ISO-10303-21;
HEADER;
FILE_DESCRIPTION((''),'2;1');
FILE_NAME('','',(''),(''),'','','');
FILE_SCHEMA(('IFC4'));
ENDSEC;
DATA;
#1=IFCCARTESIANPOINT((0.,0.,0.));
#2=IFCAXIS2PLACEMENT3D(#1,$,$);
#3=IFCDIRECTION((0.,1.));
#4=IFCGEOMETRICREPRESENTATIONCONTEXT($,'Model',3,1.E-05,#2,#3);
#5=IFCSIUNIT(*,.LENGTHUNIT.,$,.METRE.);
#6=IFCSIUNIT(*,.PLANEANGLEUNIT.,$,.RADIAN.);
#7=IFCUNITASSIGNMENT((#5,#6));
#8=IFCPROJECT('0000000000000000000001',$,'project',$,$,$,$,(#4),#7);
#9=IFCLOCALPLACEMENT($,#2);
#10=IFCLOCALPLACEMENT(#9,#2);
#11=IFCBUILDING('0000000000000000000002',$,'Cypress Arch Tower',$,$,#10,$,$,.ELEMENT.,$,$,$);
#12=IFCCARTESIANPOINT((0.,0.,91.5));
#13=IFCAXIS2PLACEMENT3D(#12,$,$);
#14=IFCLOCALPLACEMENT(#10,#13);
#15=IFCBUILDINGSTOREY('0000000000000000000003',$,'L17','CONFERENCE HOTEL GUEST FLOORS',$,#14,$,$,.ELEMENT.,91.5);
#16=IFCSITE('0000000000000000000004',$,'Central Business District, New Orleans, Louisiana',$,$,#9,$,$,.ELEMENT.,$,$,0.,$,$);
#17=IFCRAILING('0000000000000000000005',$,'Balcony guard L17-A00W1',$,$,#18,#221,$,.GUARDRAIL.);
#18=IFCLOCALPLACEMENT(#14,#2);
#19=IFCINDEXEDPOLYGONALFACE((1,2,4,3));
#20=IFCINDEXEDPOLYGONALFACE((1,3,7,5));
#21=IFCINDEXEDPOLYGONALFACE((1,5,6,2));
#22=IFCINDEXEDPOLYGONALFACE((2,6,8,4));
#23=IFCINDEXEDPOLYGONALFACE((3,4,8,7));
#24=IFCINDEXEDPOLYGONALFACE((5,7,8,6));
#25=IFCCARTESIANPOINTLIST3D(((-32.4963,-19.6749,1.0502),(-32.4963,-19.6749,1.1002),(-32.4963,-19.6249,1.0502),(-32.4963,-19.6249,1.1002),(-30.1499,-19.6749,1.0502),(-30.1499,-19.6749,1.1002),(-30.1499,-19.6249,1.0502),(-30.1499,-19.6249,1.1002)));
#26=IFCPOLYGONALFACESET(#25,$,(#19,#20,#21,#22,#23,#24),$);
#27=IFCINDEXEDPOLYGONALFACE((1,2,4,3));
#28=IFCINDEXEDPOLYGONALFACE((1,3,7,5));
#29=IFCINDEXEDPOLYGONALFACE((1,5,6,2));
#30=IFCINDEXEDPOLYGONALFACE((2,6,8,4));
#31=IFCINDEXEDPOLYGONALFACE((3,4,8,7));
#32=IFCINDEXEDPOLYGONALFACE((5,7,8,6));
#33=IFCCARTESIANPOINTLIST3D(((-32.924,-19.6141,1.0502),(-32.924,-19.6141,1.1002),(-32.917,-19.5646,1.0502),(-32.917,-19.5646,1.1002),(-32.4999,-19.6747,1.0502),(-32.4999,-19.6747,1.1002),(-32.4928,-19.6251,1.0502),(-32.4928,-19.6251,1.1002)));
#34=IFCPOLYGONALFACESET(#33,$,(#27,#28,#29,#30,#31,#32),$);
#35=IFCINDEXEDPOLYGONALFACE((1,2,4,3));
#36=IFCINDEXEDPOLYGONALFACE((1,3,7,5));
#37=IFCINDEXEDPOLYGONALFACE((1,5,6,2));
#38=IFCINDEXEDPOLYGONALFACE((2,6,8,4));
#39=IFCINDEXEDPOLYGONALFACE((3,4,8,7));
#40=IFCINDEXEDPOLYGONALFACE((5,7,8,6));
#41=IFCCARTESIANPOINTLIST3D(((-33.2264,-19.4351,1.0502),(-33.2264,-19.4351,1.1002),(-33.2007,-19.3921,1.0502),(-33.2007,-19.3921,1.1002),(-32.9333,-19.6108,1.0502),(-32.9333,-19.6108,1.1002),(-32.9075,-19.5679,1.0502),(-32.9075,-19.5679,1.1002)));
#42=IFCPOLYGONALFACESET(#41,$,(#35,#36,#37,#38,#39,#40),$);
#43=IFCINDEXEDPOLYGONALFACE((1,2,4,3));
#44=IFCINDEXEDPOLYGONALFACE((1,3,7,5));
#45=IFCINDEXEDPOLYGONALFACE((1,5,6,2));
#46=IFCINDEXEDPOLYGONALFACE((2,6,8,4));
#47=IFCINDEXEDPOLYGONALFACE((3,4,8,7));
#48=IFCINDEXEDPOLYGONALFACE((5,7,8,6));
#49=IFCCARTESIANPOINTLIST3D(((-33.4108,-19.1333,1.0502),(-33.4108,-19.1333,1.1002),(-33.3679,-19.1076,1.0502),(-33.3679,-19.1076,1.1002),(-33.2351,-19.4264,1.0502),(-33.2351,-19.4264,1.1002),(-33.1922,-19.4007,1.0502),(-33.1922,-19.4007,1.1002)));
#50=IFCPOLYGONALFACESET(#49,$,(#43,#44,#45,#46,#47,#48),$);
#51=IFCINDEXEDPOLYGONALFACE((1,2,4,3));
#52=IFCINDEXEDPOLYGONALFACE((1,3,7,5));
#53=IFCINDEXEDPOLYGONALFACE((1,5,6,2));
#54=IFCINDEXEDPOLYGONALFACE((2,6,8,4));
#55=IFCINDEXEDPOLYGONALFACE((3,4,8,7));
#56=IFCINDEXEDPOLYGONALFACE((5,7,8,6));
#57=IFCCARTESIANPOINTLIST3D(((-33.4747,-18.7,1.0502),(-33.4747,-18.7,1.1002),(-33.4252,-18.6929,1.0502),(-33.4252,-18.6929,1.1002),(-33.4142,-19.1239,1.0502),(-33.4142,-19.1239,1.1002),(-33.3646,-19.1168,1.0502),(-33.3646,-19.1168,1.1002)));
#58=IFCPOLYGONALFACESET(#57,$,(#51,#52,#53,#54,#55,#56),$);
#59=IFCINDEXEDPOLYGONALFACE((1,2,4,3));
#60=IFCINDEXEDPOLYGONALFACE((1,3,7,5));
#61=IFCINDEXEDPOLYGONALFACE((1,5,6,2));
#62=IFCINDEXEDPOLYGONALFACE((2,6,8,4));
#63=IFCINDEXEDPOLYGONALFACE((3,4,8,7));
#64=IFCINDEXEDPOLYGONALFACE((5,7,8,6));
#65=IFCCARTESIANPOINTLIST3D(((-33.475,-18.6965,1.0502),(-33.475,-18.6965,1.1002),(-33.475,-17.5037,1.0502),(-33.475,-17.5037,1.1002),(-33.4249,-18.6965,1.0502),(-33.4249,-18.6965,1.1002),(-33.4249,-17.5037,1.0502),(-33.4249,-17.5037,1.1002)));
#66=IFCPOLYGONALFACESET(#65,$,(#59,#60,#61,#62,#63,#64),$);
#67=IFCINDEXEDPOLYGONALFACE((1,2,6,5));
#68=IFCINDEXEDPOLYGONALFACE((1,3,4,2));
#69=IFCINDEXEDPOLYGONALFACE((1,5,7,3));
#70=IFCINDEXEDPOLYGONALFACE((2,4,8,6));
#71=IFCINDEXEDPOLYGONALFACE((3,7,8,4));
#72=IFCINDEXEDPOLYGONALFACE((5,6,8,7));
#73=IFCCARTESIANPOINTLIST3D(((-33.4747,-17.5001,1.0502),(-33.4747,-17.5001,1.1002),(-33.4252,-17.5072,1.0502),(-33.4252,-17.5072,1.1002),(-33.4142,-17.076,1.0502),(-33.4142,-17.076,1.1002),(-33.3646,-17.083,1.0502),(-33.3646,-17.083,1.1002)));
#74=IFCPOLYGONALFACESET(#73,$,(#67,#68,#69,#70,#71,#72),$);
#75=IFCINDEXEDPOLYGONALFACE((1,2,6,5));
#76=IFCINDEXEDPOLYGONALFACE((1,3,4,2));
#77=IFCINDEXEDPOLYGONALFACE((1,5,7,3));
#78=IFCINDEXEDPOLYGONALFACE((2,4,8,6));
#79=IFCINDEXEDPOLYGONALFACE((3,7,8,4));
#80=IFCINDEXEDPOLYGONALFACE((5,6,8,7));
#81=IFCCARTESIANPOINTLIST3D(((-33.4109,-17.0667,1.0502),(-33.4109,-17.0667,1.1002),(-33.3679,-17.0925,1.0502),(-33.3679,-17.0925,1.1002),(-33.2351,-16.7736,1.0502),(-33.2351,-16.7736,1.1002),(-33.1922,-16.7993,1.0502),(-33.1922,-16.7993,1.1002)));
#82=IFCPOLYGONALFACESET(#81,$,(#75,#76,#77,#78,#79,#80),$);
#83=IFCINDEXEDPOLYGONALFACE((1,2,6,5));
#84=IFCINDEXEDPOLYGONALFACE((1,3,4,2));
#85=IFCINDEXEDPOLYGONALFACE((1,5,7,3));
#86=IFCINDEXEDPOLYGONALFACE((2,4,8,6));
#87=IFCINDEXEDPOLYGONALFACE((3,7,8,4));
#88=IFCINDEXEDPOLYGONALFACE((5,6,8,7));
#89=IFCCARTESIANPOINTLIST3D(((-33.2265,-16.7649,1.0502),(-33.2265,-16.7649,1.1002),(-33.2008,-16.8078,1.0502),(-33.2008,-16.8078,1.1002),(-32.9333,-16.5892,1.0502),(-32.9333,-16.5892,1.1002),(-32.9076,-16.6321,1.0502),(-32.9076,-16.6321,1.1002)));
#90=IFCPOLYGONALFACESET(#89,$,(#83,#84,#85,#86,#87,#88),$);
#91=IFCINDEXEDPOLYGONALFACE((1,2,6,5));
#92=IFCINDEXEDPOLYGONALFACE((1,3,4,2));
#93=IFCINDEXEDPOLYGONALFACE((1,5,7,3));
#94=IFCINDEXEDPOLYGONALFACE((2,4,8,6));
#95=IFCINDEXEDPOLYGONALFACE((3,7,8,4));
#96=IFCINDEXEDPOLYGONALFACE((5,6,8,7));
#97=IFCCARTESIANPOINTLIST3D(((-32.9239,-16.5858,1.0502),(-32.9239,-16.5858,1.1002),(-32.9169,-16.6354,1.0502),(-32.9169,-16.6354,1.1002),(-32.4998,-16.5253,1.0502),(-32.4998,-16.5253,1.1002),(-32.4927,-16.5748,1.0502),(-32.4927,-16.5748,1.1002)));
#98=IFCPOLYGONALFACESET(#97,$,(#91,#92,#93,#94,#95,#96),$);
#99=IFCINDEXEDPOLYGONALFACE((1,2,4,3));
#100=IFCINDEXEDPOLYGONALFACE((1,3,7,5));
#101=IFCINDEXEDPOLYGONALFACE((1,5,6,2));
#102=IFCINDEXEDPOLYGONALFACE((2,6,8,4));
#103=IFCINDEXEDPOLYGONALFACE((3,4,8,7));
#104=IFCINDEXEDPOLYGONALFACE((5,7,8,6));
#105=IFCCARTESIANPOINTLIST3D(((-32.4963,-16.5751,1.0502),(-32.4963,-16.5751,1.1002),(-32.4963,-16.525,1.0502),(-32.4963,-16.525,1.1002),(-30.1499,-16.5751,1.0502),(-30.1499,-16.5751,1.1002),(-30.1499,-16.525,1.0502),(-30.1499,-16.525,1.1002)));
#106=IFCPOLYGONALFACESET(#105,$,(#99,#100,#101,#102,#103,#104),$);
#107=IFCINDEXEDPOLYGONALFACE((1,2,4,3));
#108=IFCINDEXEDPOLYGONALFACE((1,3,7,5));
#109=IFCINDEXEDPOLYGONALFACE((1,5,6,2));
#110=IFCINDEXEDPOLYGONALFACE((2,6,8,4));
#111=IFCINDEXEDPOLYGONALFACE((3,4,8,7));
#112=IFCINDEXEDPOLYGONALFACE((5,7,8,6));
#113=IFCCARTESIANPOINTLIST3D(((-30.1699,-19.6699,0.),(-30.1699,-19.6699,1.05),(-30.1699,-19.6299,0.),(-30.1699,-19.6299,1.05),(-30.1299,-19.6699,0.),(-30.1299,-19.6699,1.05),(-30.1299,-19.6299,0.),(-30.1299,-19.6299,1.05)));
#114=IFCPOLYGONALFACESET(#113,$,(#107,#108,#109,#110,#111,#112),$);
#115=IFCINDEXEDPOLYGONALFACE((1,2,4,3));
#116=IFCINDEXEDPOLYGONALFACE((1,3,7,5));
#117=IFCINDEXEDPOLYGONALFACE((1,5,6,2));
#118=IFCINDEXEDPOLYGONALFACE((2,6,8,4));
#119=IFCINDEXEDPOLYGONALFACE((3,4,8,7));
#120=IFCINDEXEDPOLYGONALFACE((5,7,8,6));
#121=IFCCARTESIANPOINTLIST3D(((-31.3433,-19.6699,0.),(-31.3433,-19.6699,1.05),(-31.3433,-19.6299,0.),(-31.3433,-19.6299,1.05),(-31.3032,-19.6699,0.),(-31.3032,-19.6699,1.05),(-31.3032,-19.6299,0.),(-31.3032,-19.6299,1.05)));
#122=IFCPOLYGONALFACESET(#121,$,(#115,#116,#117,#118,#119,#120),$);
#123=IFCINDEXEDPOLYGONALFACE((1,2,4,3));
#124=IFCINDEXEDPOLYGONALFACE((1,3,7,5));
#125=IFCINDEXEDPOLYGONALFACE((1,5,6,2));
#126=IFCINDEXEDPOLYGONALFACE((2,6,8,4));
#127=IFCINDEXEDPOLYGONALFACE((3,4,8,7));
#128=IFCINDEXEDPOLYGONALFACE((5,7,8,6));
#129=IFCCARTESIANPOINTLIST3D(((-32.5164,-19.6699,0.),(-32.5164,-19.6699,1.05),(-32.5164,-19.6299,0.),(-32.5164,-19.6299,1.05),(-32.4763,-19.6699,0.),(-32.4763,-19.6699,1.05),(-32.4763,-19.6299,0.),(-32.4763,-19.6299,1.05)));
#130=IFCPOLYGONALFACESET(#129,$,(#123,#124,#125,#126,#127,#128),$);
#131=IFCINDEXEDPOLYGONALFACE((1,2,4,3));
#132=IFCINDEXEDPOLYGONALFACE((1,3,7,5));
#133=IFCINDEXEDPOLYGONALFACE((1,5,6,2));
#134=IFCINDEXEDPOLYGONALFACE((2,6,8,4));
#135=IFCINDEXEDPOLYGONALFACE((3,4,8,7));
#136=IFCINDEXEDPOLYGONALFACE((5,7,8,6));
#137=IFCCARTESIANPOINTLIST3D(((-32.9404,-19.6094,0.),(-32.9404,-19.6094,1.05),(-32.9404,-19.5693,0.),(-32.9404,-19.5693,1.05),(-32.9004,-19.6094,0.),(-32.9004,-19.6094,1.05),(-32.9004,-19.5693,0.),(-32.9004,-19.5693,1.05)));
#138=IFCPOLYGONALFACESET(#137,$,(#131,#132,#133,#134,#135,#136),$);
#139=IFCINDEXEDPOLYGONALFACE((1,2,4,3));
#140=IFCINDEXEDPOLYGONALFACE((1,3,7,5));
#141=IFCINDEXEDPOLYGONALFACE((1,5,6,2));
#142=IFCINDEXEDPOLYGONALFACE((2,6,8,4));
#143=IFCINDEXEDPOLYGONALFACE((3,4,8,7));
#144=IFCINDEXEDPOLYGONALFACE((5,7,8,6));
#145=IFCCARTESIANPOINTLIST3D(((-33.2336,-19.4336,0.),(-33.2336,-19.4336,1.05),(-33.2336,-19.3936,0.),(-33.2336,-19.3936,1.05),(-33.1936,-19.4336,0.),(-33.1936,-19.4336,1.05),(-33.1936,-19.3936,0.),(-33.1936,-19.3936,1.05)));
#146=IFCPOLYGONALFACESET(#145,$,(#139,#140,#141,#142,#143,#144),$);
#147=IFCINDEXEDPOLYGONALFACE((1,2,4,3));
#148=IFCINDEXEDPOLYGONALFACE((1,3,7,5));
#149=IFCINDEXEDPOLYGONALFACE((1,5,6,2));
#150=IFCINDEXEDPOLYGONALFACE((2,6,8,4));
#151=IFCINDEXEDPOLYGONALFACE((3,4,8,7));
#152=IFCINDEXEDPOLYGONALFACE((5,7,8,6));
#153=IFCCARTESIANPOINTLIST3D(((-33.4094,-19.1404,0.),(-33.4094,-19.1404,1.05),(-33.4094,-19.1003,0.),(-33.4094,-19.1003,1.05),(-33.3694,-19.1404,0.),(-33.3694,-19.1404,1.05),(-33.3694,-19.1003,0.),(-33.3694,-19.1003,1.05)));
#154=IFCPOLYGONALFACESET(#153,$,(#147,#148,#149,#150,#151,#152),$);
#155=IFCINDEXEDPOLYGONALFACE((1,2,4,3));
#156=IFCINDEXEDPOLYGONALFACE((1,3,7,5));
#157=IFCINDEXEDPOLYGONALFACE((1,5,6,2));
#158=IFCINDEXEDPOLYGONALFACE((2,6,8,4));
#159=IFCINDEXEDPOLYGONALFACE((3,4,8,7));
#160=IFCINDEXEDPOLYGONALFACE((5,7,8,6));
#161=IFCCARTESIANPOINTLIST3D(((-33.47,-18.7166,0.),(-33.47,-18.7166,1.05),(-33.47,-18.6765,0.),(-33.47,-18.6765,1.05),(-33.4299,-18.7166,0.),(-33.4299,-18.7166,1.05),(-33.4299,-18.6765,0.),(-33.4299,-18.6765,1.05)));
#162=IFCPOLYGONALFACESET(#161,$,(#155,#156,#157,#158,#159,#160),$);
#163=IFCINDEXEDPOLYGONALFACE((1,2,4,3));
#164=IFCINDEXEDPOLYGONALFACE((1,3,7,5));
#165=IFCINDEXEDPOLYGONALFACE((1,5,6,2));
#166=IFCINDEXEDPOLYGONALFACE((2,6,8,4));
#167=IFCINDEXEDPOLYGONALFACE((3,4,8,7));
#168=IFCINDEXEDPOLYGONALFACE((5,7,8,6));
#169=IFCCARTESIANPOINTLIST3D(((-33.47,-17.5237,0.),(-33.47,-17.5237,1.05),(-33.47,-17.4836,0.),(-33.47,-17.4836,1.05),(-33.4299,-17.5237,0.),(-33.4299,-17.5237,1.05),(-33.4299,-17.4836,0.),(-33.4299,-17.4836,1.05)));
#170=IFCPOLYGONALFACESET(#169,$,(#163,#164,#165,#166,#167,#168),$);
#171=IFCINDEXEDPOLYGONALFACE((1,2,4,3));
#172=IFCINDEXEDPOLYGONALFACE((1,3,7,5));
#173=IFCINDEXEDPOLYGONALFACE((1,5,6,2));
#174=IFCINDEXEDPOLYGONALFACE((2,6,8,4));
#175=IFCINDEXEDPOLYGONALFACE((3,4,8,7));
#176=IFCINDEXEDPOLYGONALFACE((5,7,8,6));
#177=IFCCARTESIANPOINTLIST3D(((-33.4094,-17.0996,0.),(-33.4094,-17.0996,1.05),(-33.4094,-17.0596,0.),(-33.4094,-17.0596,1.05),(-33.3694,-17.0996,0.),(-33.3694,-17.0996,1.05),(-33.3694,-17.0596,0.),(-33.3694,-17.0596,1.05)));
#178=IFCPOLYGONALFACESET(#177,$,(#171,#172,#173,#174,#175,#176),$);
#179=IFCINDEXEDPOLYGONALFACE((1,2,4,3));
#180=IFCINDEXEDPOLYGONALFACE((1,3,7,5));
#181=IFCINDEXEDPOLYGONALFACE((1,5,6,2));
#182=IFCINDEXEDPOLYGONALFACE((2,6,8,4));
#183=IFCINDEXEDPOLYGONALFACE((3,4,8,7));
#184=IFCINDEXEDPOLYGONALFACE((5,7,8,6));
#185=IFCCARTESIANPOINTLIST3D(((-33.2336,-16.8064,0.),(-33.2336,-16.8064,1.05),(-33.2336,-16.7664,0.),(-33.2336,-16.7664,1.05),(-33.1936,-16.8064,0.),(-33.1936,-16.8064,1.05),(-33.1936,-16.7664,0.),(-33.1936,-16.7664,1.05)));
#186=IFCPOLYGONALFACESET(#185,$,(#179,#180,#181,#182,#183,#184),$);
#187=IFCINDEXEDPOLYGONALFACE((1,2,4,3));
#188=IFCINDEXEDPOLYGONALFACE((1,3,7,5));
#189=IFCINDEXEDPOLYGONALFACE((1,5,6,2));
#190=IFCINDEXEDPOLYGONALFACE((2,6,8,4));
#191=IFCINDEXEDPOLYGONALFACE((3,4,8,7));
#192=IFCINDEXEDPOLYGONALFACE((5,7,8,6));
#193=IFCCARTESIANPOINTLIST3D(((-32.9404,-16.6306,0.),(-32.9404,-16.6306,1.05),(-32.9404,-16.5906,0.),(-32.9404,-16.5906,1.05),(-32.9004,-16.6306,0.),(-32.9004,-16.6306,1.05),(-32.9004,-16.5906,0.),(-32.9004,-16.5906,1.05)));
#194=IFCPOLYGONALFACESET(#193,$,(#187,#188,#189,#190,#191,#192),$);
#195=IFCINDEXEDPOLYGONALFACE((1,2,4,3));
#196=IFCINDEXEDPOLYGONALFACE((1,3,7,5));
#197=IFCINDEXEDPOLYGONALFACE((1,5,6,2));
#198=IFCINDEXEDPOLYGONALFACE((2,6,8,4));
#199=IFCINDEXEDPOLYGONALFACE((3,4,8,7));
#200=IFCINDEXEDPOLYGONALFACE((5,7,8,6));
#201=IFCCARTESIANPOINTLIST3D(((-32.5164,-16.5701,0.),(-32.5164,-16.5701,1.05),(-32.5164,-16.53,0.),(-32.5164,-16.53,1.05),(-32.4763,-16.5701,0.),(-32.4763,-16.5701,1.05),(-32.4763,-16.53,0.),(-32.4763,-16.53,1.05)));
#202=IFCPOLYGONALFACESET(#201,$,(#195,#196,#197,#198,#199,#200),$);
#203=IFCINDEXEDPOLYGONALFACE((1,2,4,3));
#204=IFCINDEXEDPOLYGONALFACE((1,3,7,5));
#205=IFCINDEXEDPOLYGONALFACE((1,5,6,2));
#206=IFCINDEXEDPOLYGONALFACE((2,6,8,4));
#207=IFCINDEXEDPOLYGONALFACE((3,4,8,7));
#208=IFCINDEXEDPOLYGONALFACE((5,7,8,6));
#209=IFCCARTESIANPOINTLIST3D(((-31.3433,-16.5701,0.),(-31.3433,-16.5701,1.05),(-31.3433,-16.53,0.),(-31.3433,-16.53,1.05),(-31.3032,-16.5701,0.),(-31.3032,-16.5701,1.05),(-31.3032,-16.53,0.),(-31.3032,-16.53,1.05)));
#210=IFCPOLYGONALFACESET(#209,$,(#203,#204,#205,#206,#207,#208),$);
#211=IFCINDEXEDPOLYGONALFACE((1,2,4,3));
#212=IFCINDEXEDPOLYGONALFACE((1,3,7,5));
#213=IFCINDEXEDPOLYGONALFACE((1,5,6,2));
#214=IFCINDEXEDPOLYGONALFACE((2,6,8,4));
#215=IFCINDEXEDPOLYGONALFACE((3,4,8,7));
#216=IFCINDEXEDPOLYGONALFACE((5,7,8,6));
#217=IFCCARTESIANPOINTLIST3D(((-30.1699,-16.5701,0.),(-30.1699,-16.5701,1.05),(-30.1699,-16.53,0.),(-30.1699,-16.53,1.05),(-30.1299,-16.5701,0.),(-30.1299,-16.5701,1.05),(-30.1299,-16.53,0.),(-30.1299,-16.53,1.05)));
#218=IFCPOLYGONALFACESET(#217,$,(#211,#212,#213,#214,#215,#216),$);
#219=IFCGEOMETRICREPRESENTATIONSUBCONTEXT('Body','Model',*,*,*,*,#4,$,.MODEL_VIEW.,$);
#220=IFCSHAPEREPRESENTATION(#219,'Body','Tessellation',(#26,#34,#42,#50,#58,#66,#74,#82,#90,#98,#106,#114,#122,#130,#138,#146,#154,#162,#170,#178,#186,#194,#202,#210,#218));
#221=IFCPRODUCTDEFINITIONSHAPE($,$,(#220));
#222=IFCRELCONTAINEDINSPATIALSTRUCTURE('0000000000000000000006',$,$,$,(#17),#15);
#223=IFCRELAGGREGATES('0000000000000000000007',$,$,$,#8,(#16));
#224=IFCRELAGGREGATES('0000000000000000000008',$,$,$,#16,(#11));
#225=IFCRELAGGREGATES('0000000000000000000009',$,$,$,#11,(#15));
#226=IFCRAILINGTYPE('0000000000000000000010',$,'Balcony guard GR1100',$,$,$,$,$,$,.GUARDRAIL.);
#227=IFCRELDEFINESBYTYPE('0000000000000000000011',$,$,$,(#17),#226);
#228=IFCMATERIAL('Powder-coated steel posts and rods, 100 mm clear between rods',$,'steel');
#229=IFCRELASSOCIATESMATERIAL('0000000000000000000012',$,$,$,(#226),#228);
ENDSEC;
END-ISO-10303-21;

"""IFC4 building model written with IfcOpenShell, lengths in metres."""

from ifc_helpers import new_model, si_unit, direction, frame, origin, origin_2d, place, context, subcontext, project, spatial, rectangle, extrude, material, type_object, element, save


model = new_model("IFC4")

# Units and contexts
model_context = context("Model", 3, precision=1e-05, world=origin(), true_north=direction((0.0, 1.0)))
body_context = subcontext(model_context, "Body", "Model", "MODEL_VIEW")
ifc_project = project(units=[si_unit("LENGTHUNIT", "METRE"), si_unit("PLANEANGLEUNIT", "RADIAN")], contexts=[model_context])

# Site, building, storey
site_placement = place(None, origin())
site = spatial("IfcSite", under=ifc_project, at=site_placement, Name="Central Business District, New Orleans, Louisiana", CompositionType="ELEMENT", RefElevation=0.0)
building_placement = place(site_placement, origin())
building = spatial("IfcBuilding", under=site, at=building_placement, Name="Cypress Arch Tower", CompositionType="ELEMENT")
storey_placement = place(building_placement, frame((0.0, 0.0, 91.5)))
storey = spatial("IfcBuildingStorey", under=building, at=storey_placement, Name="L17", Description="CONFERENCE HOTEL GUEST FLOORS", CompositionType="ELEMENT", Elevation=91.5)

# Railing
ifc_material_1 = material(Name="Powder-coated steel posts and rods, 100 mm clear between rods", Category="steel")
railing_type = type_object("IfcRailingType", Name="Balcony guard GR1100", PredefinedType="GUARDRAIL", material=ifc_material_1)
railing_placement = place(storey_placement, frame((-30.1499, -19.6499, 0.0)))
element("IfcRailing", 1, at=railing_placement, inside=storey, type_object=railing_type, Name="Balcony guard L17-A00W1", PredefinedType="GUARDRAIL", context=body_context, shape_type="SweptSolid", body=[
    extrude(rectangle(XDim=0.05, YDim=0.05, at=origin_2d()), frame((0.0, 0.0, 1.0752), z_axis=(-1.0, 0.0, 0.0), x_axis=(0.0, -1.0, 0.0)), (0.0, 0.0, 1.0), 2.3464),
    extrude(rectangle(XDim=0.05, YDim=0.05, at=origin_2d()), frame((-2.3464, 0.0, 1.0752), z_axis=(-0.989961, 0.141342, 0.0), x_axis=(-0.141342, -0.989961, 0.0)), (0.0, 0.0, 1.0), 0.4285),
    extrude(rectangle(XDim=0.05, YDim=0.05, at=origin_2d()), frame((-2.7705, 0.0605, 1.0752), z_axis=(-0.857682, 0.514181, 0.0), x_axis=(-0.514181, -0.857682, 0.0)), (0.0, 0.0, 1.0), 0.3418),
    extrude(rectangle(XDim=0.05, YDim=0.05, at=origin_2d()), frame((-3.0637, 0.2363, 1.0752), z_axis=(-0.514181, 0.857682, 0.0), x_axis=(-0.857682, -0.514181, 0.0)), (0.0, 0.0, 1.0), 0.3418),
    extrude(rectangle(XDim=0.05, YDim=0.05, at=origin_2d()), frame((-3.2395, 0.5295, 1.0752), z_axis=(-0.141421, 0.989949, 0.0), x_axis=(-0.989949, -0.141421, 0.0)), (0.0, 0.0, 1.0), 0.4282),
    extrude(rectangle(XDim=0.05, YDim=0.05, at=origin_2d()), frame((-3.3, 0.9534, 1.0752), z_axis=(0.0, 1.0, 0.0), x_axis=(-1.0, 0.0, 0.0)), (0.0, 0.0, 1.0), 1.1929),
    extrude(rectangle(XDim=0.05, YDim=0.05, at=origin_2d()), frame((-3.3, 2.1462, 1.0752), z_axis=(0.141342, 0.989961, 0.0), x_axis=(-0.989961, 0.141342, 0.0)), (0.0, 0.0, 1.0), 0.4285),
    extrude(rectangle(XDim=0.05, YDim=0.05, at=origin_2d()), frame((-3.2395, 2.5703, 1.0752), z_axis=(0.514181, 0.857682, 0.0), x_axis=(-0.857682, 0.514181, 0.0)), (0.0, 0.0, 1.0), 0.3418),
    extrude(rectangle(XDim=0.05, YDim=0.05, at=origin_2d()), frame((-3.0637, 2.8635, 1.0752), z_axis=(0.857682, 0.514181, 0.0), x_axis=(-0.514181, 0.857682, 0.0)), (0.0, 0.0, 1.0), 0.3418),
    extrude(rectangle(XDim=0.05, YDim=0.05, at=origin_2d()), frame((-2.7705, 3.0393, 1.0752), z_axis=(0.989961, 0.141342, 0.0), x_axis=(-0.141342, 0.989961, 0.0)), (0.0, 0.0, 1.0), 0.4285),
    extrude(rectangle(XDim=0.05, YDim=0.05, at=origin_2d()), frame((-2.3464, 3.0999, 1.0752), z_axis=(1.0, 0.0, 0.0), x_axis=(0.0, 1.0, 0.0)), (0.0, 0.0, 1.0), 2.3464),
    extrude(rectangle(XDim=0.04, YDim=0.04, at=origin_2d()), origin(), (0.0, 0.0, 1.0), 1.05),
    extrude(rectangle(XDim=0.04, YDim=0.04, at=origin_2d()), frame((-1.1733, 0.0, 0.0)), (0.0, 0.0, 1.0), 1.05),
    extrude(rectangle(XDim=0.04, YDim=0.04, at=origin_2d()), frame((-2.3464, 0.0, 0.0)), (0.0, 0.0, 1.0), 1.05),
    extrude(rectangle(XDim=0.04, YDim=0.04, at=origin_2d()), frame((-2.7705, 0.0605, 0.0)), (0.0, 0.0, 1.0), 1.05),
    extrude(rectangle(XDim=0.04, YDim=0.04, at=origin_2d()), frame((-3.0637, 0.2363, 0.0)), (0.0, 0.0, 1.0), 1.05),
    extrude(rectangle(XDim=0.04, YDim=0.04, at=origin_2d()), frame((-3.2395, 0.5295, 0.0)), (0.0, 0.0, 1.0), 1.05),
    extrude(rectangle(XDim=0.04, YDim=0.04, at=origin_2d()), frame((-3.3, 0.9534, 0.0)), (0.0, 0.0, 1.0), 1.05),
    extrude(rectangle(XDim=0.04, YDim=0.04, at=origin_2d()), frame((-3.3, 2.1462, 0.0)), (0.0, 0.0, 1.0), 1.05),
    extrude(rectangle(XDim=0.04, YDim=0.04, at=origin_2d()), frame((-3.2395, 2.5703, 0.0)), (0.0, 0.0, 1.0), 1.05),
    extrude(rectangle(XDim=0.04, YDim=0.04, at=origin_2d()), frame((-3.0637, 2.8635, 0.0)), (0.0, 0.0, 1.0), 1.05),
    extrude(rectangle(XDim=0.04, YDim=0.04, at=origin_2d()), frame((-2.7705, 3.0393, 0.0)), (0.0, 0.0, 1.0), 1.05),
    extrude(rectangle(XDim=0.04, YDim=0.04, at=origin_2d()), frame((-2.3464, 3.0999, 0.0)), (0.0, 0.0, 1.0), 1.05),
    extrude(rectangle(XDim=0.04, YDim=0.04, at=origin_2d()), frame((-1.1733, 3.0999, 0.0)), (0.0, 0.0, 1.0), 1.05),
    extrude(rectangle(XDim=0.04, YDim=0.04, at=origin_2d()), frame((0.0, 3.0999, 0.0)), (0.0, 0.0, 1.0), 1.05),
])

save(model, "model.ifc")
